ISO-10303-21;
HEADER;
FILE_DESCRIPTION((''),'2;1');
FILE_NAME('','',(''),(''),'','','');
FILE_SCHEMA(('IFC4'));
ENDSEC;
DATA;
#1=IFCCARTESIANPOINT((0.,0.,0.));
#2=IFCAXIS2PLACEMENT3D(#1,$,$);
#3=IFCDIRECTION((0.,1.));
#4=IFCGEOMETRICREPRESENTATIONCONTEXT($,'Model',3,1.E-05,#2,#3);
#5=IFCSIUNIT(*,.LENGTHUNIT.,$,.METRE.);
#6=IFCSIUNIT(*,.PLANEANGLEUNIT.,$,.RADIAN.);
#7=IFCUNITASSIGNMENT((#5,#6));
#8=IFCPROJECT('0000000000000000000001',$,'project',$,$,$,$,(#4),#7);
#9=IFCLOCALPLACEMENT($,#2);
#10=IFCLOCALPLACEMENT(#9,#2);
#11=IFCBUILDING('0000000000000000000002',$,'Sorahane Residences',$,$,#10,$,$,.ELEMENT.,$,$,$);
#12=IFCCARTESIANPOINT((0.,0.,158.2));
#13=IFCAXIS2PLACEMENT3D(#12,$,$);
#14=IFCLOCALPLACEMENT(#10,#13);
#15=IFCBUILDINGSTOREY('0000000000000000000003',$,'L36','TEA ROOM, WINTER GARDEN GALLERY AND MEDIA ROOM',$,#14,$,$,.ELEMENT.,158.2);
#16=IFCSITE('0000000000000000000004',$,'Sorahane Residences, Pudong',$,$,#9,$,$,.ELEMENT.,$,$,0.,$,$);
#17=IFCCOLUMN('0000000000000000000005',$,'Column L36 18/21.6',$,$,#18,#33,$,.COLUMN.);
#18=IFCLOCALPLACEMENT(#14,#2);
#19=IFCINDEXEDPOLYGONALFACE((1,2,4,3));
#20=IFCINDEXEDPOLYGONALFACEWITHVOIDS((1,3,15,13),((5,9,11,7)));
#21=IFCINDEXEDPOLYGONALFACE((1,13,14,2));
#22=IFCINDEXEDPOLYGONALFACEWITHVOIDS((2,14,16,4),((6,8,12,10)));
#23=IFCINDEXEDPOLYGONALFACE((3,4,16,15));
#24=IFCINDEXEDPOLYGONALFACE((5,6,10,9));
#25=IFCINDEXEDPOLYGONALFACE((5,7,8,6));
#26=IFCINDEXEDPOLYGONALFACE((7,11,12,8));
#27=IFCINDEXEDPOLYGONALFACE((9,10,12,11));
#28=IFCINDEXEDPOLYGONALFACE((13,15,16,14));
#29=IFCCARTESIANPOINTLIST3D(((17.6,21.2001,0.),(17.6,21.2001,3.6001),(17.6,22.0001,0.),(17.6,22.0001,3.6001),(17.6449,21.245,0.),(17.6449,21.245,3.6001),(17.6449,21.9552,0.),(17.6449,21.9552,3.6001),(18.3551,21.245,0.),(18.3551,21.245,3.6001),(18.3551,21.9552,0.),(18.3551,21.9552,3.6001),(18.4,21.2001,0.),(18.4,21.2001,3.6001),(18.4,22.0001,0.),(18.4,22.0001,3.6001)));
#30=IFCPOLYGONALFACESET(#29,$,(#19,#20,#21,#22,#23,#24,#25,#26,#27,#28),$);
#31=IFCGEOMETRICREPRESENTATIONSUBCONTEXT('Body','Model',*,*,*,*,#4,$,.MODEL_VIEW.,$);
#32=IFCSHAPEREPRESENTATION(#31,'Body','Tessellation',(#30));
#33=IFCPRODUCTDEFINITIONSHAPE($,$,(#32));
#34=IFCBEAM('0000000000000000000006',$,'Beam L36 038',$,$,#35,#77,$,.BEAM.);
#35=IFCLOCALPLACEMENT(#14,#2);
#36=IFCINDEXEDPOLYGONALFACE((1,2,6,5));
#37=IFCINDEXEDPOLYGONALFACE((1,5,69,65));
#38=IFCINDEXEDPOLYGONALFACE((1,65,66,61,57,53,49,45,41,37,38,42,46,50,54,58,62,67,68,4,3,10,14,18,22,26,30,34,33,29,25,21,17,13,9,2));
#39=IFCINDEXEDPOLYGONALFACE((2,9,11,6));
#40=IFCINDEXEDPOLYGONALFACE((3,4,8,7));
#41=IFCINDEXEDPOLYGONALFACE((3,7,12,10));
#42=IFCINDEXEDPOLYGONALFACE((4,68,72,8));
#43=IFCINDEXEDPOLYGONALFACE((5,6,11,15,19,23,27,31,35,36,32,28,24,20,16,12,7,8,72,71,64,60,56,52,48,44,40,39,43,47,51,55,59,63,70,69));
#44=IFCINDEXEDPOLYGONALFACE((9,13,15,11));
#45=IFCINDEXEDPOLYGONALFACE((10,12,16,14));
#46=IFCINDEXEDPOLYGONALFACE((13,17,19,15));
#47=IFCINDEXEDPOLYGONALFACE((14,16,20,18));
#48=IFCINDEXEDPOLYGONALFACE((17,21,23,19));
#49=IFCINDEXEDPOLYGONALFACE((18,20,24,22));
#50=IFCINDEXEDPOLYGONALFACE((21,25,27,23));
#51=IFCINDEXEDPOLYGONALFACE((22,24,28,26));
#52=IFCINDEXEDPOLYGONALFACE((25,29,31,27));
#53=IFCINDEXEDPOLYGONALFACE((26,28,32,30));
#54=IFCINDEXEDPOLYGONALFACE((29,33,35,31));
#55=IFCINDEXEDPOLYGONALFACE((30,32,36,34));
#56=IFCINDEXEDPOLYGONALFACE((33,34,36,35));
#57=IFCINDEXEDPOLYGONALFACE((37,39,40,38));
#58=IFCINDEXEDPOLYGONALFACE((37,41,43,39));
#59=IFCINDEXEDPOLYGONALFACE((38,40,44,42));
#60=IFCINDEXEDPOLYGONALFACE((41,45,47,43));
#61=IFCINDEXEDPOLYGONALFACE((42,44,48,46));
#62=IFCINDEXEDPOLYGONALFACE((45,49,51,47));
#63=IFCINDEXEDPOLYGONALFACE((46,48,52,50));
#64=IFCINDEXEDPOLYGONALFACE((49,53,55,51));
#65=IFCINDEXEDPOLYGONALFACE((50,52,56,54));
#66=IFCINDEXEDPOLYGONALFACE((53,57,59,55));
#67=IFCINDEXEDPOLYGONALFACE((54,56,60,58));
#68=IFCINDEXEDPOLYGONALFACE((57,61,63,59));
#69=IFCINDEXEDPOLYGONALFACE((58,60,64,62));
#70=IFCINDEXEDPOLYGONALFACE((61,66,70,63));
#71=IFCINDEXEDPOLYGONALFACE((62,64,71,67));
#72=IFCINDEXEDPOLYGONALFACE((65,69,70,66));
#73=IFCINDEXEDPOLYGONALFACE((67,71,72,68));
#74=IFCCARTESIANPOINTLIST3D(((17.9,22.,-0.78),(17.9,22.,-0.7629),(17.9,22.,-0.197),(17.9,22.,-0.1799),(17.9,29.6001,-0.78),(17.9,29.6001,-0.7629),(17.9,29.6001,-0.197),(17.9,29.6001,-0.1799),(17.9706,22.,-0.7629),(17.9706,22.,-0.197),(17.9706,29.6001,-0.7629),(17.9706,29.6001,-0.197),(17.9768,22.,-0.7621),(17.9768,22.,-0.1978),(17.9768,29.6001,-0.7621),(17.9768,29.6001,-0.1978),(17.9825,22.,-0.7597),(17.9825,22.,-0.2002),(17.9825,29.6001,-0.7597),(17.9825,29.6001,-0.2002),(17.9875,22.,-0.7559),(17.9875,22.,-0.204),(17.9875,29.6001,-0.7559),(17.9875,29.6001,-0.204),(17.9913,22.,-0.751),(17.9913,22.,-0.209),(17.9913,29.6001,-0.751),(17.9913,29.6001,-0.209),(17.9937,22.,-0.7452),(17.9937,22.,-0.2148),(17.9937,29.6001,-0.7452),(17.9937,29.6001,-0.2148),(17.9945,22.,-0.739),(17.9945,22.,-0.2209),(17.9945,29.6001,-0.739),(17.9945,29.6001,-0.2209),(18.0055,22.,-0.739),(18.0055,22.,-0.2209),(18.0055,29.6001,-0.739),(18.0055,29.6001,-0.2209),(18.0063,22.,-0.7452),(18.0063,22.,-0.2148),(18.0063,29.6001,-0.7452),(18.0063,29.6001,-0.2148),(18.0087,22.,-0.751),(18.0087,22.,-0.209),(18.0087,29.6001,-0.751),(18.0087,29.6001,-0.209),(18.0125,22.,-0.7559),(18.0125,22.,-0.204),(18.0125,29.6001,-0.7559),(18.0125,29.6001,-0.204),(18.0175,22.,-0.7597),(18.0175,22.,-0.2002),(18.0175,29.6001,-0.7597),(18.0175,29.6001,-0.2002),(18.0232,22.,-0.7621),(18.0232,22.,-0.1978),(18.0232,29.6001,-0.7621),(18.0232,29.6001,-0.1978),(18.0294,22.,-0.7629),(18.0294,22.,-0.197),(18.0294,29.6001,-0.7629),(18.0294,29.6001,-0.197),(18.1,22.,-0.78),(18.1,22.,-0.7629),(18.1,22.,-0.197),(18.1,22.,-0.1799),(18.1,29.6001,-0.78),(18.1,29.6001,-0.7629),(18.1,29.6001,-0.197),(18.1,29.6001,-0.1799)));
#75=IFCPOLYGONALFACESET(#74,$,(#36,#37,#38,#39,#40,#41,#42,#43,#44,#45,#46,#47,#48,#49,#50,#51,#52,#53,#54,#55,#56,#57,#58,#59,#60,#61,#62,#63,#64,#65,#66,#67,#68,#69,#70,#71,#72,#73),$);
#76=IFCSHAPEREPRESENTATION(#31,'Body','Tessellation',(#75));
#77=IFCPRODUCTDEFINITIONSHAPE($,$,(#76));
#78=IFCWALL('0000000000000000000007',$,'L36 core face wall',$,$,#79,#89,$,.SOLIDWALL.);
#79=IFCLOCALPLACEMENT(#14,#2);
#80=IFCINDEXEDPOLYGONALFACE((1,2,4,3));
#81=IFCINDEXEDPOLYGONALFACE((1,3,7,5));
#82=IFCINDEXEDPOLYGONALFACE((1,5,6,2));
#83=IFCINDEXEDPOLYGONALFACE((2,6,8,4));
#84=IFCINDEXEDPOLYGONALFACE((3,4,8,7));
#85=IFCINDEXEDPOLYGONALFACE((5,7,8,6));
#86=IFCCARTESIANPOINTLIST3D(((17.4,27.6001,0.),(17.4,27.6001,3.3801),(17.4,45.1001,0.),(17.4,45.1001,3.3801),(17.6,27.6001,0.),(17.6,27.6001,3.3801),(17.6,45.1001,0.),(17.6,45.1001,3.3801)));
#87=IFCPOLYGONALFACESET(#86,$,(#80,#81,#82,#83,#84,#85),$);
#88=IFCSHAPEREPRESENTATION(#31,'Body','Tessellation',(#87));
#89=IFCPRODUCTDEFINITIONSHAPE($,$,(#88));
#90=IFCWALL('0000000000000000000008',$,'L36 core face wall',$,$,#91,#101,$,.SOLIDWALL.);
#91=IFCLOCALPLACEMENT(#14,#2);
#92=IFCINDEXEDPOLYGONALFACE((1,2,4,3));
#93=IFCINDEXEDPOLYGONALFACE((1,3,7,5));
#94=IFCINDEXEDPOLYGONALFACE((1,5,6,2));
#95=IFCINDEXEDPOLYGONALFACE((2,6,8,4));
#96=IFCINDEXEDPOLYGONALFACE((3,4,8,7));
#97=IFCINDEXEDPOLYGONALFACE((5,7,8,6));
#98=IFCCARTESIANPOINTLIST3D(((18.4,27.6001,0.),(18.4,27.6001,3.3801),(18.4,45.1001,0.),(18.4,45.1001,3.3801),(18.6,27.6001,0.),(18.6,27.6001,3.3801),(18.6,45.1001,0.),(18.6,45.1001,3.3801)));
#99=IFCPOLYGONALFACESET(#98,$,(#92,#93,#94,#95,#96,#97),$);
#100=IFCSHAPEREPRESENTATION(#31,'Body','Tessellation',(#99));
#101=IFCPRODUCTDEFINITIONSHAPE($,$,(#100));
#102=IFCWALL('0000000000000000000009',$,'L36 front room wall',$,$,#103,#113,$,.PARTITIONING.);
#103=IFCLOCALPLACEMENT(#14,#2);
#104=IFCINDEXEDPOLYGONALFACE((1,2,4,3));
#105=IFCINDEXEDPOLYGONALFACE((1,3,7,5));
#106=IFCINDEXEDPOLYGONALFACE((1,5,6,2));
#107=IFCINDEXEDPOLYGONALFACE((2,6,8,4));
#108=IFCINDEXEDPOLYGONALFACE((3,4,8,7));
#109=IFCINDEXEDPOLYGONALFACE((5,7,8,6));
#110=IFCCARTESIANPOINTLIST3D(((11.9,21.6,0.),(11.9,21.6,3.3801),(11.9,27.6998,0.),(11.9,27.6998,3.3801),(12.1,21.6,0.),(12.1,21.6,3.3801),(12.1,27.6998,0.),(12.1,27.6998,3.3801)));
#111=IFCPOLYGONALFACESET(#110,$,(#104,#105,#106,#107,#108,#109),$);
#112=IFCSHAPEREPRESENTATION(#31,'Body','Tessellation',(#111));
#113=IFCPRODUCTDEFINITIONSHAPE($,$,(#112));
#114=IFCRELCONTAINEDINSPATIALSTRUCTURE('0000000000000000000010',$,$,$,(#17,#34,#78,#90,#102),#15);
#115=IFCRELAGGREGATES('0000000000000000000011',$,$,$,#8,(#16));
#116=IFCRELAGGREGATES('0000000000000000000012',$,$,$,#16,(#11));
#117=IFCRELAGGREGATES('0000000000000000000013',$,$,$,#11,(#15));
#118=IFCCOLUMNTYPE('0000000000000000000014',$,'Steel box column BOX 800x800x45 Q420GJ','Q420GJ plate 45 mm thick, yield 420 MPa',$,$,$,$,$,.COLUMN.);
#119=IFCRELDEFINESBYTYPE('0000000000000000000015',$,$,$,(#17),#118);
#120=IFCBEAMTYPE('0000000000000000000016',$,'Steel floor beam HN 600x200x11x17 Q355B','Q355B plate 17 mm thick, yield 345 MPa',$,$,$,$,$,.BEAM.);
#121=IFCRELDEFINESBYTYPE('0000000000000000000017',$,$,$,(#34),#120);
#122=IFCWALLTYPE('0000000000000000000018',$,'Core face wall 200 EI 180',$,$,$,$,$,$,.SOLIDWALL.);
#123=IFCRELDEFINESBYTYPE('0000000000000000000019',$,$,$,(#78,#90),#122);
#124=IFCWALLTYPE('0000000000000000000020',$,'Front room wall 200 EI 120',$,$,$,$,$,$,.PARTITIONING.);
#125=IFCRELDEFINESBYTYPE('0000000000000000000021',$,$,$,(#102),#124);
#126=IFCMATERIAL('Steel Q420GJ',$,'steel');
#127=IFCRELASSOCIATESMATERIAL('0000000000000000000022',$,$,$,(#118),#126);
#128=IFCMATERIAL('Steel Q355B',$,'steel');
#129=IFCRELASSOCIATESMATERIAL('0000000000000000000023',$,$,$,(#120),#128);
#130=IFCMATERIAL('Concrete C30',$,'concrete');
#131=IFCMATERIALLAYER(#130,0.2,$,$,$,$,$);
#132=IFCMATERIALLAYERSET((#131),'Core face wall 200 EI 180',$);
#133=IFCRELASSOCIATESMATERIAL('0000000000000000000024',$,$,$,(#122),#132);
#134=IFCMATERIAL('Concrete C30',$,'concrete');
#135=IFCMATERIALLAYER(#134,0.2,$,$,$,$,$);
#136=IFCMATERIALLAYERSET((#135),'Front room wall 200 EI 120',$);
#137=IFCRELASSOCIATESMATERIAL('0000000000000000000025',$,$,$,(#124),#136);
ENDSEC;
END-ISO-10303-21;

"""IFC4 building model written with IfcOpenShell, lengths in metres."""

from ifc_helpers import new_model, si_unit, direction, frame, frame_2d, origin, origin_2d, place, context, subcontext, project, spatial, rectangle, hollow_rectangle, i_section, extrude, material, layer, layer_set, material_profile, profile_set, type_object, element, save


model = new_model("IFC4")

# Units and contexts
model_context = context("Model", 3, precision=1e-05, world=origin(), true_north=direction((0.0, 1.0)))
body_context = subcontext(model_context, "Body", "Model", "MODEL_VIEW")
ifc_project = project(units=[si_unit("LENGTHUNIT", "METRE"), si_unit("PLANEANGLEUNIT", "RADIAN")], contexts=[model_context])

# Site, building, storey
site_placement = place(None, origin())
site = spatial("IfcSite", under=ifc_project, at=site_placement, Name="Sorahane Residences, Pudong", CompositionType="ELEMENT", RefElevation=0.0)
building_placement = place(site_placement, origin())
building = spatial("IfcBuilding", under=site, at=building_placement, Name="Sorahane Residences", CompositionType="ELEMENT")
storey_placement = place(building_placement, frame((0.0, 0.0, 158.2)))
storey = spatial("IfcBuildingStorey", under=building, at=storey_placement, Name="L36", Description="TEA ROOM, WINTER GARDEN GALLERY AND MEDIA ROOM", CompositionType="ELEMENT", Elevation=158.2)

# Column
ifc_material_1 = material(Name="Steel Q420GJ", Category="steel")
ifc_material_profile_1 = material_profile(ifc_material_1, hollow_rectangle(XDim=0.8, YDim=0.8, WallThickness=0.0449, at=origin_2d()), Name="BOX 800x800x45")
ifc_profile_set_1 = profile_set([ifc_material_profile_1], Name="Steel Q420GJ")
column_type = type_object("IfcColumnType", Name="Steel box column BOX 800x800x45 Q420GJ", Description="Q420GJ plate 45 mm thick, yield 420 MPa", PredefinedType="COLUMN", material=ifc_profile_set_1)
column_placement = place(storey_placement, frame((18.0, 21.6001, 0.0), z_axis=(0.0, 0.0, 1.0), x_axis=(1.0, 0.0, 0.0)))
element("IfcColumn", 1, at=column_placement, inside=storey, type_object=column_type, Name="Column L36 18/21.6", PredefinedType="COLUMN", context=body_context, shape_type="SweptSolid", body=[
    extrude(hollow_rectangle(XDim=0.8, YDim=0.8, WallThickness=0.0449, at=origin_2d()), origin(), (0.0, 0.0, 1.0), 3.6001),
])

# Beam
ifc_material_2 = material(Name="Steel Q355B", Category="steel")
ifc_material_profile_2 = material_profile(ifc_material_2, i_section(OverallWidth=0.2, OverallDepth=0.6001, WebThickness=0.011, FlangeThickness=0.0171, FilletRadius=0.0239, at=origin_2d()), Name="HN 600x200x11x17")
ifc_profile_set_2 = profile_set([ifc_material_profile_2], Name="Steel Q355B")
beam_type = type_object("IfcBeamType", Name="Steel floor beam HN 600x200x11x17 Q355B", Description="Q355B plate 17 mm thick, yield 345 MPa", PredefinedType="BEAM", material=ifc_profile_set_2)
beam_placement = place(storey_placement, frame((18.0, 22.0, -0.48), z_axis=(0.0, 1.0, 0.0), x_axis=(-1.0, 0.0, 0.0)))
element("IfcBeam", 2, at=beam_placement, inside=storey, type_object=beam_type, Name="Beam L36 038", PredefinedType="BEAM", context=body_context, shape_type="SweptSolid", body=[
    extrude(i_section(OverallWidth=0.2, OverallDepth=0.6001, WebThickness=0.011, FlangeThickness=0.0171, FilletRadius=0.0239, at=origin_2d()), origin(), (0.0, 0.0, 1.0), 7.6001),
])

# Walls
ifc_material_3 = material(Name="Concrete C30", Category="concrete")
ifc_layer_1 = layer(ifc_material_3, 0.2)
ifc_layer_set_1 = layer_set([ifc_layer_1], Name="Core face wall 200 EI 180")
wall_type_1 = type_object("IfcWallType", Name="Core face wall 200 EI 180", PredefinedType="SOLIDWALL", material=ifc_layer_set_1)
for number, where, z_axis, x_axis, name in (
    (3, (17.5, 27.6001, 0.0), (0.0, 0.0, 1.0), (0.0, 1.0, 0.0), "L36 core face wall"),
    (4, (18.5, 27.6001, 0.0), (0.0, 0.0, 1.0), (0.0, 1.0, 0.0), "L36 core face wall"),
):
    element("IfcWall", number, at=place(storey_placement, frame(where, z_axis=z_axis, x_axis=x_axis)), inside=storey, type_object=wall_type_1, Name=name, PredefinedType="SOLIDWALL", context=body_context, shape_type="SweptSolid", body=[
        extrude(rectangle(XDim=17.5, YDim=0.2, at=frame_2d((8.75, 0.0))), origin(), (0.0, 0.0, 1.0), 3.3801),
    ])
ifc_material_4 = material(Name="Concrete C30", Category="concrete")
ifc_layer_2 = layer(ifc_material_4, 0.2)
ifc_layer_set_2 = layer_set([ifc_layer_2], Name="Front room wall 200 EI 120")
wall_type_2 = type_object("IfcWallType", Name="Front room wall 200 EI 120", PredefinedType="PARTITIONING", material=ifc_layer_set_2)
wall_1_placement = place(storey_placement, frame((12.0, 21.6001, 0.0), z_axis=(0.0, 0.0, 1.0), x_axis=(0.0, 1.0, 0.0)))
element("IfcWall", 5, at=wall_1_placement, inside=storey, type_object=wall_type_2, Name="L36 front room wall", PredefinedType="PARTITIONING", context=body_context, shape_type="SweptSolid", body=[
    extrude(rectangle(XDim=6.0999, YDim=0.2, at=frame_2d((3.0498, 0.0))), origin(), (0.0, 0.0, 1.0), 3.3801),
])

save(model, "model.ifc")
